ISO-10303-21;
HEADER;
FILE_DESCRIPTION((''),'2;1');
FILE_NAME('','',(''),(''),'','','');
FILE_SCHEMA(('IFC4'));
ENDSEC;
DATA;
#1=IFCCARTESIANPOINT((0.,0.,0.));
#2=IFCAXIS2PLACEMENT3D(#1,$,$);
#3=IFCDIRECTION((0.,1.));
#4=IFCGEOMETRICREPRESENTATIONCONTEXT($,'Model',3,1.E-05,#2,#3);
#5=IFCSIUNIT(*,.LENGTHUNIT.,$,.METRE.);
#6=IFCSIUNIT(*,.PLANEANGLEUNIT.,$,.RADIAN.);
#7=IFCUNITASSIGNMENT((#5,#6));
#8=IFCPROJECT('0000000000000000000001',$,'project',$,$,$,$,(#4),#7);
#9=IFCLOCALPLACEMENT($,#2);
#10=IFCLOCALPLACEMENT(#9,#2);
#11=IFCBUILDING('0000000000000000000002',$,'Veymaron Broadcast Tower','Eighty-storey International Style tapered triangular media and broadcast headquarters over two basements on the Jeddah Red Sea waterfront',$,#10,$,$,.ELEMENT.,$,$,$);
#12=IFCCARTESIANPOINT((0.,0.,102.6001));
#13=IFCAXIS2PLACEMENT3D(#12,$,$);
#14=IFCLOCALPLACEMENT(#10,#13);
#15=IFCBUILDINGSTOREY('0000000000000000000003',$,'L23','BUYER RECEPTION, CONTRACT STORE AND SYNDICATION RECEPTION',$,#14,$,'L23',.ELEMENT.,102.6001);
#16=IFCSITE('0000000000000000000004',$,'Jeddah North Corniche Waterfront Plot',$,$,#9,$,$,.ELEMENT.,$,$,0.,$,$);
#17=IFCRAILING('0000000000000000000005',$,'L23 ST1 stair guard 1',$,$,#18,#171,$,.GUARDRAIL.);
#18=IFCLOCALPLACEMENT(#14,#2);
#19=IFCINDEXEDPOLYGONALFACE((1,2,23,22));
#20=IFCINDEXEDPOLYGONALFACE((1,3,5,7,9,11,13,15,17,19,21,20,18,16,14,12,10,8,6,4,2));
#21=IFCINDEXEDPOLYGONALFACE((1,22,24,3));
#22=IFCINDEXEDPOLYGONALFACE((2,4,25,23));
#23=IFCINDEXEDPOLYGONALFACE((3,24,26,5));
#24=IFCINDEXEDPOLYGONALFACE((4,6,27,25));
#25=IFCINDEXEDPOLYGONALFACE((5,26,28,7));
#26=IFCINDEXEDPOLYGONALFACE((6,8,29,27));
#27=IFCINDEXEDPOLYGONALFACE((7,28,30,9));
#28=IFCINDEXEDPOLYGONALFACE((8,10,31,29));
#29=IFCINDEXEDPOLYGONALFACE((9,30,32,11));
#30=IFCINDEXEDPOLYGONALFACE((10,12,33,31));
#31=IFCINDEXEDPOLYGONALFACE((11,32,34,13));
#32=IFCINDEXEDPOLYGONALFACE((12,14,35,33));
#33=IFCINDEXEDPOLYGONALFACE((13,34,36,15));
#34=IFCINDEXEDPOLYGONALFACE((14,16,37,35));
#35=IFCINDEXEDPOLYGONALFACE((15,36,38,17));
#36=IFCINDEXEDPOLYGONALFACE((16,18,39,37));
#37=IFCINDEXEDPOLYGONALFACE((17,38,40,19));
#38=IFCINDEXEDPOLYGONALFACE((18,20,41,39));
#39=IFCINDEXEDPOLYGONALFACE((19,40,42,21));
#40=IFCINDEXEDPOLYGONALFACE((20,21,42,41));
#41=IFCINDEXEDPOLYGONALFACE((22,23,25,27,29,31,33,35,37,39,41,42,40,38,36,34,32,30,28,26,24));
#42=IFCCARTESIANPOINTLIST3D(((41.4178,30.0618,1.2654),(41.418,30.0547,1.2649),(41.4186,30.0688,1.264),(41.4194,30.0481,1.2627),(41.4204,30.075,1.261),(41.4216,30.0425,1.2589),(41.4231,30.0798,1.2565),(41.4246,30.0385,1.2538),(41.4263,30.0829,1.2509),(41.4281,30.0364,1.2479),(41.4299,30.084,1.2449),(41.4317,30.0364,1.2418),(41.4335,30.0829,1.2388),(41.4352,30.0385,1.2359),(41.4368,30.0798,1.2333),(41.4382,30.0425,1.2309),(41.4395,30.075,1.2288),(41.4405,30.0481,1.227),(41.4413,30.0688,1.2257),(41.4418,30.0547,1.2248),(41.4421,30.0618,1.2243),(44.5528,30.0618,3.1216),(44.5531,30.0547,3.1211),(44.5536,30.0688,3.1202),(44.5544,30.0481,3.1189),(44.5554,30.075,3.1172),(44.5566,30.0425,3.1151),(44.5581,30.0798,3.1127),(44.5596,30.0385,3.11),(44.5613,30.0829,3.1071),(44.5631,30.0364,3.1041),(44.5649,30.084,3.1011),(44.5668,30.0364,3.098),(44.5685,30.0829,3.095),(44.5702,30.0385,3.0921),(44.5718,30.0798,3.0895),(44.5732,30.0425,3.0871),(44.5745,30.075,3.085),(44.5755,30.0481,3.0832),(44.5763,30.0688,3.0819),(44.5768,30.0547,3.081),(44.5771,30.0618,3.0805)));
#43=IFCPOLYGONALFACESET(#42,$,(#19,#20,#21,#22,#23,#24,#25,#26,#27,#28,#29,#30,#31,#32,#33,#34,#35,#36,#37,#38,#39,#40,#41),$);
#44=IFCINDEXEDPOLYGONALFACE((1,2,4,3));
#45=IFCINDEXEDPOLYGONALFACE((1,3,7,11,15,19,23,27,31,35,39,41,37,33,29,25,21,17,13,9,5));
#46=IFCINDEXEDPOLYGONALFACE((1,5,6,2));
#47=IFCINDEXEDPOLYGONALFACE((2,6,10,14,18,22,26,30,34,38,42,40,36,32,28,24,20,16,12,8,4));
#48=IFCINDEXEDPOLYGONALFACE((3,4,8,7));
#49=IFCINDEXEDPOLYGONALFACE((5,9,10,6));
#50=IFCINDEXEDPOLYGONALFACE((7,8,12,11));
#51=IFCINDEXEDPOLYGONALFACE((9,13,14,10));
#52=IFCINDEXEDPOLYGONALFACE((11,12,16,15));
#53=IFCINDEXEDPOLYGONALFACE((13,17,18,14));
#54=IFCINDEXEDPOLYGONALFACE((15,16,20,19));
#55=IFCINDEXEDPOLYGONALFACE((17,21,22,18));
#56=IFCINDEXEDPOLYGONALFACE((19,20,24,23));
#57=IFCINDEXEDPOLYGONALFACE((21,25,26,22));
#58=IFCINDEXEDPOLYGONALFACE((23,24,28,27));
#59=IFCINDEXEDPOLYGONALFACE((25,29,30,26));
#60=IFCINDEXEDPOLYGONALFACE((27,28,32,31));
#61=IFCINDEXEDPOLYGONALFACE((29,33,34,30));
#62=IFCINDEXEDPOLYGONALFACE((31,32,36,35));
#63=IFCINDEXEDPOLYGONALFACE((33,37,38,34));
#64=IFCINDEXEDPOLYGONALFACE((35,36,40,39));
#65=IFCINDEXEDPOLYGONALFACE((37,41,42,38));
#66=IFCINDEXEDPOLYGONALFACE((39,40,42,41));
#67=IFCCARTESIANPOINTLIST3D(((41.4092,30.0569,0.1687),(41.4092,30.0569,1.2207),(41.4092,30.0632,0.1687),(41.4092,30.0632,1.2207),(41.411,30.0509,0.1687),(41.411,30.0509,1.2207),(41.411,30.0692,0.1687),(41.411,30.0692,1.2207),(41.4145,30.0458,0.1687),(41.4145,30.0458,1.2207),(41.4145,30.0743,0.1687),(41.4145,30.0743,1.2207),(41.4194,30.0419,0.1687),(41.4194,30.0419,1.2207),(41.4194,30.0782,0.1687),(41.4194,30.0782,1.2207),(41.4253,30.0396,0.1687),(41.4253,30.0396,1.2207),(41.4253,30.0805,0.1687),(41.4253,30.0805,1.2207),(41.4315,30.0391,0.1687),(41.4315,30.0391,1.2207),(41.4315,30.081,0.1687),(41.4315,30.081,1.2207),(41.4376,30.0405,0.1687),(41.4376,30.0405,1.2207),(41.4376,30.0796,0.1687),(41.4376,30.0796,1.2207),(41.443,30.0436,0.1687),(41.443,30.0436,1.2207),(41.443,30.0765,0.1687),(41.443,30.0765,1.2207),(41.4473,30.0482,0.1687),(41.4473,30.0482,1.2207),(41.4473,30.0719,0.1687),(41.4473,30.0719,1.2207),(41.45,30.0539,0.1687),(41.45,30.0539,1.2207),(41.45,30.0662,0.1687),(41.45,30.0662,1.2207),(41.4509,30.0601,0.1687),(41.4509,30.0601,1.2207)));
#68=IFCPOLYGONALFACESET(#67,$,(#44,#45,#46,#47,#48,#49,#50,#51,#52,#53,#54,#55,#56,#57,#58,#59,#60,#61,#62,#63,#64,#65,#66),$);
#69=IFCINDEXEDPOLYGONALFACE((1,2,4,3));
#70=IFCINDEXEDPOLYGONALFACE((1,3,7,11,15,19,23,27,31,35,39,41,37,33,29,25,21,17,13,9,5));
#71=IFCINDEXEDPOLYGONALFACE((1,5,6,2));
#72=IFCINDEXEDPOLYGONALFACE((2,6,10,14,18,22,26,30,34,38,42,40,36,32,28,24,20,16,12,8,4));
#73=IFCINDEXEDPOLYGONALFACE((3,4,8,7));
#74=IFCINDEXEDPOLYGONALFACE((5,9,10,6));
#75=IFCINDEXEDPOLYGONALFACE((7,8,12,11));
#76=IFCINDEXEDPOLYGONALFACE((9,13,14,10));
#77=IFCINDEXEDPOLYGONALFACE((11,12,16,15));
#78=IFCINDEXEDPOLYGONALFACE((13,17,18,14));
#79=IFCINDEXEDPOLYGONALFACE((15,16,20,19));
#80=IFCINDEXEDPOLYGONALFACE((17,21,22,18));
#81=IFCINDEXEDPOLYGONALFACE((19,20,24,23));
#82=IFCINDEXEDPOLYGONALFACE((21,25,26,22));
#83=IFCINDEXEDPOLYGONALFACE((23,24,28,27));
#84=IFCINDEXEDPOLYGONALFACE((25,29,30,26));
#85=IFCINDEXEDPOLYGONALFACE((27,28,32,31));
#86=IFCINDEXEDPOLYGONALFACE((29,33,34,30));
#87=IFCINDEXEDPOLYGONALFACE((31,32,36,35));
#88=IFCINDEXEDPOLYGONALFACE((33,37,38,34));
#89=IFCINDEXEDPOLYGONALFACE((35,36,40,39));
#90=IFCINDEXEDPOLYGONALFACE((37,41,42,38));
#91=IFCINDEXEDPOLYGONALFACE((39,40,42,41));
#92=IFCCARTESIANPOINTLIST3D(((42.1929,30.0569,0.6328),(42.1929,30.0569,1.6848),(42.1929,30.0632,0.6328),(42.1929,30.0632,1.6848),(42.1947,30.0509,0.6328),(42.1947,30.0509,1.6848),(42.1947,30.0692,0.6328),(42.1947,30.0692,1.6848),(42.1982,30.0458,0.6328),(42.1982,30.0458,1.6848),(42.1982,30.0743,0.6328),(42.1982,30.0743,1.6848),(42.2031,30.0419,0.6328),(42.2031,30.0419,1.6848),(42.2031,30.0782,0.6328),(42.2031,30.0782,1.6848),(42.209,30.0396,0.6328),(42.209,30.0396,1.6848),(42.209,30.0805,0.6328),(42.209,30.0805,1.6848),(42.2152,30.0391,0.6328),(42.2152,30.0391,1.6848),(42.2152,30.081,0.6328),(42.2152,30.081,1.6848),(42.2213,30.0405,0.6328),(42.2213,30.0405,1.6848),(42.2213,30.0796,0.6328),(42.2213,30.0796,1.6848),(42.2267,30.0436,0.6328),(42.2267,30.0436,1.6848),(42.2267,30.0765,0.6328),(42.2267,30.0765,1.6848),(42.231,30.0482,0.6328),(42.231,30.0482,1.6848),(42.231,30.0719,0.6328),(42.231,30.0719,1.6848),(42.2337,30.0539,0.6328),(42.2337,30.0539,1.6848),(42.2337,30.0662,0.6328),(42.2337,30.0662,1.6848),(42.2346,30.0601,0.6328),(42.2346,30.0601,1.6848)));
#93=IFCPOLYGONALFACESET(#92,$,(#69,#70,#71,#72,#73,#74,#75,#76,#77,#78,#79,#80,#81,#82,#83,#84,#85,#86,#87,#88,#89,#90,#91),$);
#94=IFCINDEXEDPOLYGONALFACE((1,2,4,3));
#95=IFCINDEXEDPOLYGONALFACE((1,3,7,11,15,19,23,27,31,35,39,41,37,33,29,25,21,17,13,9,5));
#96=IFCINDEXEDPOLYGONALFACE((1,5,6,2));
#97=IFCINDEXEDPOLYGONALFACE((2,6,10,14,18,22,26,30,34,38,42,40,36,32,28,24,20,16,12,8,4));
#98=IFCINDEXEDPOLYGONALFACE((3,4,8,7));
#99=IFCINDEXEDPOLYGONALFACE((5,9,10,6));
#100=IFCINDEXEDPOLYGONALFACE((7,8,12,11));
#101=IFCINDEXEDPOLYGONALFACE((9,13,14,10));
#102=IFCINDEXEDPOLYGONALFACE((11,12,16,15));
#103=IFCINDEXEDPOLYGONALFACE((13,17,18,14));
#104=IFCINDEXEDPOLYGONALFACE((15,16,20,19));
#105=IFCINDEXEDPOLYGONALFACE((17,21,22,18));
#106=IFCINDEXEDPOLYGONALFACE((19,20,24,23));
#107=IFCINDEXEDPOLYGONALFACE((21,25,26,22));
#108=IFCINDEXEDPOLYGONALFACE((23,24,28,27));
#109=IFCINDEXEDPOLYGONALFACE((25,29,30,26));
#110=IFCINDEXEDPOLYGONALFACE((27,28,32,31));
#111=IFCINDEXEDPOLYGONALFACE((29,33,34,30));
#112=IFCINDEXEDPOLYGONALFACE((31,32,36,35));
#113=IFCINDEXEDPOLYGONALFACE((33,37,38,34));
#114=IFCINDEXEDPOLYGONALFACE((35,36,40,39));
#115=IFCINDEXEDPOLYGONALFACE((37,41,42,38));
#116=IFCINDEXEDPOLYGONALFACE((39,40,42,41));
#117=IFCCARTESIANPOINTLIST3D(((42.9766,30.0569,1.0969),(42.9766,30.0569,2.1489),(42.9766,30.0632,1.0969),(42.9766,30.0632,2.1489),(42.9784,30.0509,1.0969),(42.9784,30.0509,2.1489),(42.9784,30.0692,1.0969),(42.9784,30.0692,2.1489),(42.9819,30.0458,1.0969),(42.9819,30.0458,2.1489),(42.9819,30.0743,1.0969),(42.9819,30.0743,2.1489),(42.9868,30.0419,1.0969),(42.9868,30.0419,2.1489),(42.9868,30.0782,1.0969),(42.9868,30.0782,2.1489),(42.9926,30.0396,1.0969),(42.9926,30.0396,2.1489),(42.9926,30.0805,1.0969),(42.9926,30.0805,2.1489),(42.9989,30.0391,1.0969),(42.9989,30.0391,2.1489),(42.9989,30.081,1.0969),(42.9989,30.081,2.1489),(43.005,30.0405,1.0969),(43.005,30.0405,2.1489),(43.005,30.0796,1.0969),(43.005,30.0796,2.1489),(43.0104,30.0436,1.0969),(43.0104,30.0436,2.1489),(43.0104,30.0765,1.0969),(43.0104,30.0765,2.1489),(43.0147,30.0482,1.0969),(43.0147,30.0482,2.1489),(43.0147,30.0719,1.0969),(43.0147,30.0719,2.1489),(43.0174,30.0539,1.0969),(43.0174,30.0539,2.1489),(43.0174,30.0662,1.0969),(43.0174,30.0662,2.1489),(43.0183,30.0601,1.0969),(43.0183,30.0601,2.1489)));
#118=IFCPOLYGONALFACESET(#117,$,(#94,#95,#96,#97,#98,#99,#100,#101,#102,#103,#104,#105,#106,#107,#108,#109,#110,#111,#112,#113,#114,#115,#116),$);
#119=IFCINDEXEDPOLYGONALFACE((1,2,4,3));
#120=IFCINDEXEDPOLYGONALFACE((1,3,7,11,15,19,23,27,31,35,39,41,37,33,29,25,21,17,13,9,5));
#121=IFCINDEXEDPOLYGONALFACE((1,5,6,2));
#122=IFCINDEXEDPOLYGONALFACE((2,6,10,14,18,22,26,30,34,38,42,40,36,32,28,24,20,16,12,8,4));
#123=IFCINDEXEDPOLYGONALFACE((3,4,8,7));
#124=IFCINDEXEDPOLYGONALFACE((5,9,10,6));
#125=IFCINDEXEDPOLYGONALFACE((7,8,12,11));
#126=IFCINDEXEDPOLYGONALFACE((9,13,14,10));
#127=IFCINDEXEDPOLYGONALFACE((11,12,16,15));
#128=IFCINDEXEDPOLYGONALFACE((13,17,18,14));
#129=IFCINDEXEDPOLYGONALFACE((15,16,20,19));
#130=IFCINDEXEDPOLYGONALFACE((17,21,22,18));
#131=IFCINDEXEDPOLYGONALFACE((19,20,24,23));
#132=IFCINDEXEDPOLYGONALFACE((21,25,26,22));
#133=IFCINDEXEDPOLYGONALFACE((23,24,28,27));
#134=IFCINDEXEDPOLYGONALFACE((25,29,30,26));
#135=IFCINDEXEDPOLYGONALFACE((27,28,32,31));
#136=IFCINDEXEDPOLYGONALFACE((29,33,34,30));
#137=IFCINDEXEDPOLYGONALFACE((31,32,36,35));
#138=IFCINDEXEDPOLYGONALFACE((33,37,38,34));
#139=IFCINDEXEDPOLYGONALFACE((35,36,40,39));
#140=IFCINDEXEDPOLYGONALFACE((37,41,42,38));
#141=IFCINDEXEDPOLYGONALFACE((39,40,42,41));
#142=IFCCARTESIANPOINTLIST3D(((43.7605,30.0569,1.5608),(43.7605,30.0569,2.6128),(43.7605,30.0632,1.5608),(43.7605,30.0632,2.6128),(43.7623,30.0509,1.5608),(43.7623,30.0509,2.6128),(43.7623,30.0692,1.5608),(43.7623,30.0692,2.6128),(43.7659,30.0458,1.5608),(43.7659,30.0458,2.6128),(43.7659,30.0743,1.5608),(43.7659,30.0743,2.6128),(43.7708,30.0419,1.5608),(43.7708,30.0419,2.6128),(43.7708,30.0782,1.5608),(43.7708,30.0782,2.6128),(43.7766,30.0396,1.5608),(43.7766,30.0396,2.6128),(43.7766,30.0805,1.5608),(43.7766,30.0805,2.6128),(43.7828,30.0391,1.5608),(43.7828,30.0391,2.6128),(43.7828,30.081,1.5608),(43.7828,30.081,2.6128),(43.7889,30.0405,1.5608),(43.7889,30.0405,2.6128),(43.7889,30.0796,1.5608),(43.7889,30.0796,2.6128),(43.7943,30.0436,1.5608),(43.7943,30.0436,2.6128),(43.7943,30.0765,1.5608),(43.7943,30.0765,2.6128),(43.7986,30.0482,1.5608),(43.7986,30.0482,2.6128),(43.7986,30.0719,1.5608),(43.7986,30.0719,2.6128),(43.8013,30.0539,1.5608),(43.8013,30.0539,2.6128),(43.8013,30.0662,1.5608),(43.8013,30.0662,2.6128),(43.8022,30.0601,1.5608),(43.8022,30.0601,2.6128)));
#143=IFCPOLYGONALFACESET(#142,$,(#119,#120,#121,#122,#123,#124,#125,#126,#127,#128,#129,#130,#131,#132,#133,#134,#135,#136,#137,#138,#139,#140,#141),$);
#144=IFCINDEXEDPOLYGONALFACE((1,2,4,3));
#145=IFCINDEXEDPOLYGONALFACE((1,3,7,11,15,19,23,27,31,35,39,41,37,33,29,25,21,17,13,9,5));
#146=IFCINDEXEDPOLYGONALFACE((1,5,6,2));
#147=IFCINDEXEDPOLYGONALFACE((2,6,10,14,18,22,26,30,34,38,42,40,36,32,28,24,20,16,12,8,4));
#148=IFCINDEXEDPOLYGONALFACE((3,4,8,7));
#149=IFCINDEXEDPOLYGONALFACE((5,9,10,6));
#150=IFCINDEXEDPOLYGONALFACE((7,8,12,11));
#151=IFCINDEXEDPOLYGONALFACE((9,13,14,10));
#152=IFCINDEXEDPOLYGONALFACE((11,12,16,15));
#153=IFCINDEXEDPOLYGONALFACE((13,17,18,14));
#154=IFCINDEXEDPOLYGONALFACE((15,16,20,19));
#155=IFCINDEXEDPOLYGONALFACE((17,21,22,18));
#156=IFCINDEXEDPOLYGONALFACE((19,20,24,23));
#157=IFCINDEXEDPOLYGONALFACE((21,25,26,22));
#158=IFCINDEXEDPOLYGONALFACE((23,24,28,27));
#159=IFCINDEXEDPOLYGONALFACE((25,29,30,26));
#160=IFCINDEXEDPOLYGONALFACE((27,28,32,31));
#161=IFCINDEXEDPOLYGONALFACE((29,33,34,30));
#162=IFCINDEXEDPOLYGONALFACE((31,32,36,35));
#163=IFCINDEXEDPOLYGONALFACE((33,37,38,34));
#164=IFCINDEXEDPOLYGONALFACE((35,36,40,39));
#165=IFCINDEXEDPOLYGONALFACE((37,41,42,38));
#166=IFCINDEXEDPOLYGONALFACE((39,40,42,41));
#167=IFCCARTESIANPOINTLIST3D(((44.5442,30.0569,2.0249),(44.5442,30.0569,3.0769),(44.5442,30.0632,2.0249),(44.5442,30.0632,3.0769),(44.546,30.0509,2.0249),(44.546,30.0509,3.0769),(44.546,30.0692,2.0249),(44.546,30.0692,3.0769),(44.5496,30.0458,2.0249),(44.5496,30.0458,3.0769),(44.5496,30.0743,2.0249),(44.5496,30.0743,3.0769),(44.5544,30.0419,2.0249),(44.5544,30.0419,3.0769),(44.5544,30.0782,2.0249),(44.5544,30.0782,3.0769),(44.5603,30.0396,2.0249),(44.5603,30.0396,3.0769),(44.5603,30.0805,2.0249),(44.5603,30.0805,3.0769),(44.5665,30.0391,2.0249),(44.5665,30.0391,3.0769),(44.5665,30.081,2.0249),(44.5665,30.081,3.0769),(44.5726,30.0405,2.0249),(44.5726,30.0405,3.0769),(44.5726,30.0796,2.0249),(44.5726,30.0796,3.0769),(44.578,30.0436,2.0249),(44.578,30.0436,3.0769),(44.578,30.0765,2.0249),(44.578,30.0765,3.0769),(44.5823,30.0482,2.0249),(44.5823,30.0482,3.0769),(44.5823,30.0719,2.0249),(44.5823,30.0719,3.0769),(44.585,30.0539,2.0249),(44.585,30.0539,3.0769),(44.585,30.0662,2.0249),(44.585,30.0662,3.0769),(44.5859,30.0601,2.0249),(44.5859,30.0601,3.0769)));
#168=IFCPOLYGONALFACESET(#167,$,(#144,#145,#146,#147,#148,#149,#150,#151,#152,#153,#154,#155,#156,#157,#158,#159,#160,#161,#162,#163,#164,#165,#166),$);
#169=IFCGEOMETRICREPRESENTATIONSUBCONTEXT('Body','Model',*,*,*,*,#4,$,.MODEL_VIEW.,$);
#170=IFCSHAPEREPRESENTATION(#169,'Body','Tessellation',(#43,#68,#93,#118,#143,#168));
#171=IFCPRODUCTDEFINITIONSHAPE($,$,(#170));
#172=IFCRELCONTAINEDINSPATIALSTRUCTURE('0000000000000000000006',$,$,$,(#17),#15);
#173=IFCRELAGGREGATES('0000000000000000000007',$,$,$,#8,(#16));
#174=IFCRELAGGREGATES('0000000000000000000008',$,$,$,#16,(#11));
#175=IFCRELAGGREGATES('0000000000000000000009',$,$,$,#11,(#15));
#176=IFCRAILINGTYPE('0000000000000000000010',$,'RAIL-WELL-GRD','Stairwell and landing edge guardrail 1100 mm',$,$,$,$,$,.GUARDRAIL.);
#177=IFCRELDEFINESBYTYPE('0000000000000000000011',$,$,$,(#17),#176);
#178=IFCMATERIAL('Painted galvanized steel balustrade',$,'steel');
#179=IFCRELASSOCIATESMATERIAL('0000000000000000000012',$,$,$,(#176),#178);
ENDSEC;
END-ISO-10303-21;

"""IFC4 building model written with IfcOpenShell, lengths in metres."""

from ifc_helpers import new_model, si_unit, direction, frame, origin, origin_2d, place, context, subcontext, project, spatial, circle, extrude, material, type_object, element, save


model = new_model("IFC4")

# Units and contexts
model_context = context("Model", 3, precision=1e-05, world=origin(), true_north=direction((0.0, 1.0)))
body_context = subcontext(model_context, "Body", "Model", "MODEL_VIEW")
ifc_project = project(units=[si_unit("LENGTHUNIT", "METRE"), si_unit("PLANEANGLEUNIT", "RADIAN")], contexts=[model_context])

# Site, building, storey
site_placement = place(None, origin())
site = spatial("IfcSite", under=ifc_project, at=site_placement, Name="Jeddah North Corniche Waterfront Plot", CompositionType="ELEMENT", RefElevation=0.0)
building_placement = place(site_placement, origin())
building = spatial("IfcBuilding", under=site, at=building_placement, Name="Veymaron Broadcast Tower", Description="Eighty-storey International Style tapered triangular media and broadcast headquarters over two basements on the Jeddah Red Sea waterfront", CompositionType="ELEMENT")
storey_placement = place(building_placement, frame((0.0, 0.0, 102.6001)))
storey = spatial("IfcBuildingStorey", under=building, at=storey_placement, Name="L23", Description="BUYER RECEPTION, CONTRACT STORE AND SYNDICATION RECEPTION", LongName="L23", CompositionType="ELEMENT", Elevation=102.6001)

# Railing
ifc_material_1 = material(Name="Painted galvanized steel balustrade", Category="steel")
railing_type_1 = type_object("IfcRailingType", Name="RAIL-WELL-GRD", Description="Stairwell and landing edge guardrail 1100 mm", PredefinedType="GUARDRAIL", material=ifc_material_1)
railing_1_placement = place(storey_placement, frame((41.4299, 30.0601, 0.1687)))
element("IfcRailing", 1, at=railing_1_placement, inside=storey, type_object=railing_type_1, Name="L23 ST1 stair guard 1", PredefinedType="GUARDRAIL", context=body_context, shape_type="SweptSolid", body=[
    extrude(circle(Radius=0.0239, at=origin_2d()), frame((0.0, 0.0, 1.0762), z_axis=(0.860482, 0.0, 0.509481), x_axis=(0.0, 1.0, 0.0)), (0.0, 0.0, 1.0), 3.6433),
    extrude(circle(Radius=0.021, at=origin_2d()), origin(), (0.0, 0.0, 1.0), 1.052),
    extrude(circle(Radius=0.021, at=origin_2d()), frame((0.7837, 0.0, 0.4641)), (0.0, 0.0, 1.0), 1.052),
    extrude(circle(Radius=0.021, at=origin_2d()), frame((1.5674, 0.0, 0.9282)), (0.0, 0.0, 1.0), 1.052),
    extrude(circle(Radius=0.021, at=origin_2d()), frame((2.3513, 0.0, 1.3921)), (0.0, 0.0, 1.0), 1.052),
    extrude(circle(Radius=0.021, at=origin_2d()), frame((3.135, 0.0, 1.8562)), (0.0, 0.0, 1.0), 1.052),
])

save(model, "model.ifc")
